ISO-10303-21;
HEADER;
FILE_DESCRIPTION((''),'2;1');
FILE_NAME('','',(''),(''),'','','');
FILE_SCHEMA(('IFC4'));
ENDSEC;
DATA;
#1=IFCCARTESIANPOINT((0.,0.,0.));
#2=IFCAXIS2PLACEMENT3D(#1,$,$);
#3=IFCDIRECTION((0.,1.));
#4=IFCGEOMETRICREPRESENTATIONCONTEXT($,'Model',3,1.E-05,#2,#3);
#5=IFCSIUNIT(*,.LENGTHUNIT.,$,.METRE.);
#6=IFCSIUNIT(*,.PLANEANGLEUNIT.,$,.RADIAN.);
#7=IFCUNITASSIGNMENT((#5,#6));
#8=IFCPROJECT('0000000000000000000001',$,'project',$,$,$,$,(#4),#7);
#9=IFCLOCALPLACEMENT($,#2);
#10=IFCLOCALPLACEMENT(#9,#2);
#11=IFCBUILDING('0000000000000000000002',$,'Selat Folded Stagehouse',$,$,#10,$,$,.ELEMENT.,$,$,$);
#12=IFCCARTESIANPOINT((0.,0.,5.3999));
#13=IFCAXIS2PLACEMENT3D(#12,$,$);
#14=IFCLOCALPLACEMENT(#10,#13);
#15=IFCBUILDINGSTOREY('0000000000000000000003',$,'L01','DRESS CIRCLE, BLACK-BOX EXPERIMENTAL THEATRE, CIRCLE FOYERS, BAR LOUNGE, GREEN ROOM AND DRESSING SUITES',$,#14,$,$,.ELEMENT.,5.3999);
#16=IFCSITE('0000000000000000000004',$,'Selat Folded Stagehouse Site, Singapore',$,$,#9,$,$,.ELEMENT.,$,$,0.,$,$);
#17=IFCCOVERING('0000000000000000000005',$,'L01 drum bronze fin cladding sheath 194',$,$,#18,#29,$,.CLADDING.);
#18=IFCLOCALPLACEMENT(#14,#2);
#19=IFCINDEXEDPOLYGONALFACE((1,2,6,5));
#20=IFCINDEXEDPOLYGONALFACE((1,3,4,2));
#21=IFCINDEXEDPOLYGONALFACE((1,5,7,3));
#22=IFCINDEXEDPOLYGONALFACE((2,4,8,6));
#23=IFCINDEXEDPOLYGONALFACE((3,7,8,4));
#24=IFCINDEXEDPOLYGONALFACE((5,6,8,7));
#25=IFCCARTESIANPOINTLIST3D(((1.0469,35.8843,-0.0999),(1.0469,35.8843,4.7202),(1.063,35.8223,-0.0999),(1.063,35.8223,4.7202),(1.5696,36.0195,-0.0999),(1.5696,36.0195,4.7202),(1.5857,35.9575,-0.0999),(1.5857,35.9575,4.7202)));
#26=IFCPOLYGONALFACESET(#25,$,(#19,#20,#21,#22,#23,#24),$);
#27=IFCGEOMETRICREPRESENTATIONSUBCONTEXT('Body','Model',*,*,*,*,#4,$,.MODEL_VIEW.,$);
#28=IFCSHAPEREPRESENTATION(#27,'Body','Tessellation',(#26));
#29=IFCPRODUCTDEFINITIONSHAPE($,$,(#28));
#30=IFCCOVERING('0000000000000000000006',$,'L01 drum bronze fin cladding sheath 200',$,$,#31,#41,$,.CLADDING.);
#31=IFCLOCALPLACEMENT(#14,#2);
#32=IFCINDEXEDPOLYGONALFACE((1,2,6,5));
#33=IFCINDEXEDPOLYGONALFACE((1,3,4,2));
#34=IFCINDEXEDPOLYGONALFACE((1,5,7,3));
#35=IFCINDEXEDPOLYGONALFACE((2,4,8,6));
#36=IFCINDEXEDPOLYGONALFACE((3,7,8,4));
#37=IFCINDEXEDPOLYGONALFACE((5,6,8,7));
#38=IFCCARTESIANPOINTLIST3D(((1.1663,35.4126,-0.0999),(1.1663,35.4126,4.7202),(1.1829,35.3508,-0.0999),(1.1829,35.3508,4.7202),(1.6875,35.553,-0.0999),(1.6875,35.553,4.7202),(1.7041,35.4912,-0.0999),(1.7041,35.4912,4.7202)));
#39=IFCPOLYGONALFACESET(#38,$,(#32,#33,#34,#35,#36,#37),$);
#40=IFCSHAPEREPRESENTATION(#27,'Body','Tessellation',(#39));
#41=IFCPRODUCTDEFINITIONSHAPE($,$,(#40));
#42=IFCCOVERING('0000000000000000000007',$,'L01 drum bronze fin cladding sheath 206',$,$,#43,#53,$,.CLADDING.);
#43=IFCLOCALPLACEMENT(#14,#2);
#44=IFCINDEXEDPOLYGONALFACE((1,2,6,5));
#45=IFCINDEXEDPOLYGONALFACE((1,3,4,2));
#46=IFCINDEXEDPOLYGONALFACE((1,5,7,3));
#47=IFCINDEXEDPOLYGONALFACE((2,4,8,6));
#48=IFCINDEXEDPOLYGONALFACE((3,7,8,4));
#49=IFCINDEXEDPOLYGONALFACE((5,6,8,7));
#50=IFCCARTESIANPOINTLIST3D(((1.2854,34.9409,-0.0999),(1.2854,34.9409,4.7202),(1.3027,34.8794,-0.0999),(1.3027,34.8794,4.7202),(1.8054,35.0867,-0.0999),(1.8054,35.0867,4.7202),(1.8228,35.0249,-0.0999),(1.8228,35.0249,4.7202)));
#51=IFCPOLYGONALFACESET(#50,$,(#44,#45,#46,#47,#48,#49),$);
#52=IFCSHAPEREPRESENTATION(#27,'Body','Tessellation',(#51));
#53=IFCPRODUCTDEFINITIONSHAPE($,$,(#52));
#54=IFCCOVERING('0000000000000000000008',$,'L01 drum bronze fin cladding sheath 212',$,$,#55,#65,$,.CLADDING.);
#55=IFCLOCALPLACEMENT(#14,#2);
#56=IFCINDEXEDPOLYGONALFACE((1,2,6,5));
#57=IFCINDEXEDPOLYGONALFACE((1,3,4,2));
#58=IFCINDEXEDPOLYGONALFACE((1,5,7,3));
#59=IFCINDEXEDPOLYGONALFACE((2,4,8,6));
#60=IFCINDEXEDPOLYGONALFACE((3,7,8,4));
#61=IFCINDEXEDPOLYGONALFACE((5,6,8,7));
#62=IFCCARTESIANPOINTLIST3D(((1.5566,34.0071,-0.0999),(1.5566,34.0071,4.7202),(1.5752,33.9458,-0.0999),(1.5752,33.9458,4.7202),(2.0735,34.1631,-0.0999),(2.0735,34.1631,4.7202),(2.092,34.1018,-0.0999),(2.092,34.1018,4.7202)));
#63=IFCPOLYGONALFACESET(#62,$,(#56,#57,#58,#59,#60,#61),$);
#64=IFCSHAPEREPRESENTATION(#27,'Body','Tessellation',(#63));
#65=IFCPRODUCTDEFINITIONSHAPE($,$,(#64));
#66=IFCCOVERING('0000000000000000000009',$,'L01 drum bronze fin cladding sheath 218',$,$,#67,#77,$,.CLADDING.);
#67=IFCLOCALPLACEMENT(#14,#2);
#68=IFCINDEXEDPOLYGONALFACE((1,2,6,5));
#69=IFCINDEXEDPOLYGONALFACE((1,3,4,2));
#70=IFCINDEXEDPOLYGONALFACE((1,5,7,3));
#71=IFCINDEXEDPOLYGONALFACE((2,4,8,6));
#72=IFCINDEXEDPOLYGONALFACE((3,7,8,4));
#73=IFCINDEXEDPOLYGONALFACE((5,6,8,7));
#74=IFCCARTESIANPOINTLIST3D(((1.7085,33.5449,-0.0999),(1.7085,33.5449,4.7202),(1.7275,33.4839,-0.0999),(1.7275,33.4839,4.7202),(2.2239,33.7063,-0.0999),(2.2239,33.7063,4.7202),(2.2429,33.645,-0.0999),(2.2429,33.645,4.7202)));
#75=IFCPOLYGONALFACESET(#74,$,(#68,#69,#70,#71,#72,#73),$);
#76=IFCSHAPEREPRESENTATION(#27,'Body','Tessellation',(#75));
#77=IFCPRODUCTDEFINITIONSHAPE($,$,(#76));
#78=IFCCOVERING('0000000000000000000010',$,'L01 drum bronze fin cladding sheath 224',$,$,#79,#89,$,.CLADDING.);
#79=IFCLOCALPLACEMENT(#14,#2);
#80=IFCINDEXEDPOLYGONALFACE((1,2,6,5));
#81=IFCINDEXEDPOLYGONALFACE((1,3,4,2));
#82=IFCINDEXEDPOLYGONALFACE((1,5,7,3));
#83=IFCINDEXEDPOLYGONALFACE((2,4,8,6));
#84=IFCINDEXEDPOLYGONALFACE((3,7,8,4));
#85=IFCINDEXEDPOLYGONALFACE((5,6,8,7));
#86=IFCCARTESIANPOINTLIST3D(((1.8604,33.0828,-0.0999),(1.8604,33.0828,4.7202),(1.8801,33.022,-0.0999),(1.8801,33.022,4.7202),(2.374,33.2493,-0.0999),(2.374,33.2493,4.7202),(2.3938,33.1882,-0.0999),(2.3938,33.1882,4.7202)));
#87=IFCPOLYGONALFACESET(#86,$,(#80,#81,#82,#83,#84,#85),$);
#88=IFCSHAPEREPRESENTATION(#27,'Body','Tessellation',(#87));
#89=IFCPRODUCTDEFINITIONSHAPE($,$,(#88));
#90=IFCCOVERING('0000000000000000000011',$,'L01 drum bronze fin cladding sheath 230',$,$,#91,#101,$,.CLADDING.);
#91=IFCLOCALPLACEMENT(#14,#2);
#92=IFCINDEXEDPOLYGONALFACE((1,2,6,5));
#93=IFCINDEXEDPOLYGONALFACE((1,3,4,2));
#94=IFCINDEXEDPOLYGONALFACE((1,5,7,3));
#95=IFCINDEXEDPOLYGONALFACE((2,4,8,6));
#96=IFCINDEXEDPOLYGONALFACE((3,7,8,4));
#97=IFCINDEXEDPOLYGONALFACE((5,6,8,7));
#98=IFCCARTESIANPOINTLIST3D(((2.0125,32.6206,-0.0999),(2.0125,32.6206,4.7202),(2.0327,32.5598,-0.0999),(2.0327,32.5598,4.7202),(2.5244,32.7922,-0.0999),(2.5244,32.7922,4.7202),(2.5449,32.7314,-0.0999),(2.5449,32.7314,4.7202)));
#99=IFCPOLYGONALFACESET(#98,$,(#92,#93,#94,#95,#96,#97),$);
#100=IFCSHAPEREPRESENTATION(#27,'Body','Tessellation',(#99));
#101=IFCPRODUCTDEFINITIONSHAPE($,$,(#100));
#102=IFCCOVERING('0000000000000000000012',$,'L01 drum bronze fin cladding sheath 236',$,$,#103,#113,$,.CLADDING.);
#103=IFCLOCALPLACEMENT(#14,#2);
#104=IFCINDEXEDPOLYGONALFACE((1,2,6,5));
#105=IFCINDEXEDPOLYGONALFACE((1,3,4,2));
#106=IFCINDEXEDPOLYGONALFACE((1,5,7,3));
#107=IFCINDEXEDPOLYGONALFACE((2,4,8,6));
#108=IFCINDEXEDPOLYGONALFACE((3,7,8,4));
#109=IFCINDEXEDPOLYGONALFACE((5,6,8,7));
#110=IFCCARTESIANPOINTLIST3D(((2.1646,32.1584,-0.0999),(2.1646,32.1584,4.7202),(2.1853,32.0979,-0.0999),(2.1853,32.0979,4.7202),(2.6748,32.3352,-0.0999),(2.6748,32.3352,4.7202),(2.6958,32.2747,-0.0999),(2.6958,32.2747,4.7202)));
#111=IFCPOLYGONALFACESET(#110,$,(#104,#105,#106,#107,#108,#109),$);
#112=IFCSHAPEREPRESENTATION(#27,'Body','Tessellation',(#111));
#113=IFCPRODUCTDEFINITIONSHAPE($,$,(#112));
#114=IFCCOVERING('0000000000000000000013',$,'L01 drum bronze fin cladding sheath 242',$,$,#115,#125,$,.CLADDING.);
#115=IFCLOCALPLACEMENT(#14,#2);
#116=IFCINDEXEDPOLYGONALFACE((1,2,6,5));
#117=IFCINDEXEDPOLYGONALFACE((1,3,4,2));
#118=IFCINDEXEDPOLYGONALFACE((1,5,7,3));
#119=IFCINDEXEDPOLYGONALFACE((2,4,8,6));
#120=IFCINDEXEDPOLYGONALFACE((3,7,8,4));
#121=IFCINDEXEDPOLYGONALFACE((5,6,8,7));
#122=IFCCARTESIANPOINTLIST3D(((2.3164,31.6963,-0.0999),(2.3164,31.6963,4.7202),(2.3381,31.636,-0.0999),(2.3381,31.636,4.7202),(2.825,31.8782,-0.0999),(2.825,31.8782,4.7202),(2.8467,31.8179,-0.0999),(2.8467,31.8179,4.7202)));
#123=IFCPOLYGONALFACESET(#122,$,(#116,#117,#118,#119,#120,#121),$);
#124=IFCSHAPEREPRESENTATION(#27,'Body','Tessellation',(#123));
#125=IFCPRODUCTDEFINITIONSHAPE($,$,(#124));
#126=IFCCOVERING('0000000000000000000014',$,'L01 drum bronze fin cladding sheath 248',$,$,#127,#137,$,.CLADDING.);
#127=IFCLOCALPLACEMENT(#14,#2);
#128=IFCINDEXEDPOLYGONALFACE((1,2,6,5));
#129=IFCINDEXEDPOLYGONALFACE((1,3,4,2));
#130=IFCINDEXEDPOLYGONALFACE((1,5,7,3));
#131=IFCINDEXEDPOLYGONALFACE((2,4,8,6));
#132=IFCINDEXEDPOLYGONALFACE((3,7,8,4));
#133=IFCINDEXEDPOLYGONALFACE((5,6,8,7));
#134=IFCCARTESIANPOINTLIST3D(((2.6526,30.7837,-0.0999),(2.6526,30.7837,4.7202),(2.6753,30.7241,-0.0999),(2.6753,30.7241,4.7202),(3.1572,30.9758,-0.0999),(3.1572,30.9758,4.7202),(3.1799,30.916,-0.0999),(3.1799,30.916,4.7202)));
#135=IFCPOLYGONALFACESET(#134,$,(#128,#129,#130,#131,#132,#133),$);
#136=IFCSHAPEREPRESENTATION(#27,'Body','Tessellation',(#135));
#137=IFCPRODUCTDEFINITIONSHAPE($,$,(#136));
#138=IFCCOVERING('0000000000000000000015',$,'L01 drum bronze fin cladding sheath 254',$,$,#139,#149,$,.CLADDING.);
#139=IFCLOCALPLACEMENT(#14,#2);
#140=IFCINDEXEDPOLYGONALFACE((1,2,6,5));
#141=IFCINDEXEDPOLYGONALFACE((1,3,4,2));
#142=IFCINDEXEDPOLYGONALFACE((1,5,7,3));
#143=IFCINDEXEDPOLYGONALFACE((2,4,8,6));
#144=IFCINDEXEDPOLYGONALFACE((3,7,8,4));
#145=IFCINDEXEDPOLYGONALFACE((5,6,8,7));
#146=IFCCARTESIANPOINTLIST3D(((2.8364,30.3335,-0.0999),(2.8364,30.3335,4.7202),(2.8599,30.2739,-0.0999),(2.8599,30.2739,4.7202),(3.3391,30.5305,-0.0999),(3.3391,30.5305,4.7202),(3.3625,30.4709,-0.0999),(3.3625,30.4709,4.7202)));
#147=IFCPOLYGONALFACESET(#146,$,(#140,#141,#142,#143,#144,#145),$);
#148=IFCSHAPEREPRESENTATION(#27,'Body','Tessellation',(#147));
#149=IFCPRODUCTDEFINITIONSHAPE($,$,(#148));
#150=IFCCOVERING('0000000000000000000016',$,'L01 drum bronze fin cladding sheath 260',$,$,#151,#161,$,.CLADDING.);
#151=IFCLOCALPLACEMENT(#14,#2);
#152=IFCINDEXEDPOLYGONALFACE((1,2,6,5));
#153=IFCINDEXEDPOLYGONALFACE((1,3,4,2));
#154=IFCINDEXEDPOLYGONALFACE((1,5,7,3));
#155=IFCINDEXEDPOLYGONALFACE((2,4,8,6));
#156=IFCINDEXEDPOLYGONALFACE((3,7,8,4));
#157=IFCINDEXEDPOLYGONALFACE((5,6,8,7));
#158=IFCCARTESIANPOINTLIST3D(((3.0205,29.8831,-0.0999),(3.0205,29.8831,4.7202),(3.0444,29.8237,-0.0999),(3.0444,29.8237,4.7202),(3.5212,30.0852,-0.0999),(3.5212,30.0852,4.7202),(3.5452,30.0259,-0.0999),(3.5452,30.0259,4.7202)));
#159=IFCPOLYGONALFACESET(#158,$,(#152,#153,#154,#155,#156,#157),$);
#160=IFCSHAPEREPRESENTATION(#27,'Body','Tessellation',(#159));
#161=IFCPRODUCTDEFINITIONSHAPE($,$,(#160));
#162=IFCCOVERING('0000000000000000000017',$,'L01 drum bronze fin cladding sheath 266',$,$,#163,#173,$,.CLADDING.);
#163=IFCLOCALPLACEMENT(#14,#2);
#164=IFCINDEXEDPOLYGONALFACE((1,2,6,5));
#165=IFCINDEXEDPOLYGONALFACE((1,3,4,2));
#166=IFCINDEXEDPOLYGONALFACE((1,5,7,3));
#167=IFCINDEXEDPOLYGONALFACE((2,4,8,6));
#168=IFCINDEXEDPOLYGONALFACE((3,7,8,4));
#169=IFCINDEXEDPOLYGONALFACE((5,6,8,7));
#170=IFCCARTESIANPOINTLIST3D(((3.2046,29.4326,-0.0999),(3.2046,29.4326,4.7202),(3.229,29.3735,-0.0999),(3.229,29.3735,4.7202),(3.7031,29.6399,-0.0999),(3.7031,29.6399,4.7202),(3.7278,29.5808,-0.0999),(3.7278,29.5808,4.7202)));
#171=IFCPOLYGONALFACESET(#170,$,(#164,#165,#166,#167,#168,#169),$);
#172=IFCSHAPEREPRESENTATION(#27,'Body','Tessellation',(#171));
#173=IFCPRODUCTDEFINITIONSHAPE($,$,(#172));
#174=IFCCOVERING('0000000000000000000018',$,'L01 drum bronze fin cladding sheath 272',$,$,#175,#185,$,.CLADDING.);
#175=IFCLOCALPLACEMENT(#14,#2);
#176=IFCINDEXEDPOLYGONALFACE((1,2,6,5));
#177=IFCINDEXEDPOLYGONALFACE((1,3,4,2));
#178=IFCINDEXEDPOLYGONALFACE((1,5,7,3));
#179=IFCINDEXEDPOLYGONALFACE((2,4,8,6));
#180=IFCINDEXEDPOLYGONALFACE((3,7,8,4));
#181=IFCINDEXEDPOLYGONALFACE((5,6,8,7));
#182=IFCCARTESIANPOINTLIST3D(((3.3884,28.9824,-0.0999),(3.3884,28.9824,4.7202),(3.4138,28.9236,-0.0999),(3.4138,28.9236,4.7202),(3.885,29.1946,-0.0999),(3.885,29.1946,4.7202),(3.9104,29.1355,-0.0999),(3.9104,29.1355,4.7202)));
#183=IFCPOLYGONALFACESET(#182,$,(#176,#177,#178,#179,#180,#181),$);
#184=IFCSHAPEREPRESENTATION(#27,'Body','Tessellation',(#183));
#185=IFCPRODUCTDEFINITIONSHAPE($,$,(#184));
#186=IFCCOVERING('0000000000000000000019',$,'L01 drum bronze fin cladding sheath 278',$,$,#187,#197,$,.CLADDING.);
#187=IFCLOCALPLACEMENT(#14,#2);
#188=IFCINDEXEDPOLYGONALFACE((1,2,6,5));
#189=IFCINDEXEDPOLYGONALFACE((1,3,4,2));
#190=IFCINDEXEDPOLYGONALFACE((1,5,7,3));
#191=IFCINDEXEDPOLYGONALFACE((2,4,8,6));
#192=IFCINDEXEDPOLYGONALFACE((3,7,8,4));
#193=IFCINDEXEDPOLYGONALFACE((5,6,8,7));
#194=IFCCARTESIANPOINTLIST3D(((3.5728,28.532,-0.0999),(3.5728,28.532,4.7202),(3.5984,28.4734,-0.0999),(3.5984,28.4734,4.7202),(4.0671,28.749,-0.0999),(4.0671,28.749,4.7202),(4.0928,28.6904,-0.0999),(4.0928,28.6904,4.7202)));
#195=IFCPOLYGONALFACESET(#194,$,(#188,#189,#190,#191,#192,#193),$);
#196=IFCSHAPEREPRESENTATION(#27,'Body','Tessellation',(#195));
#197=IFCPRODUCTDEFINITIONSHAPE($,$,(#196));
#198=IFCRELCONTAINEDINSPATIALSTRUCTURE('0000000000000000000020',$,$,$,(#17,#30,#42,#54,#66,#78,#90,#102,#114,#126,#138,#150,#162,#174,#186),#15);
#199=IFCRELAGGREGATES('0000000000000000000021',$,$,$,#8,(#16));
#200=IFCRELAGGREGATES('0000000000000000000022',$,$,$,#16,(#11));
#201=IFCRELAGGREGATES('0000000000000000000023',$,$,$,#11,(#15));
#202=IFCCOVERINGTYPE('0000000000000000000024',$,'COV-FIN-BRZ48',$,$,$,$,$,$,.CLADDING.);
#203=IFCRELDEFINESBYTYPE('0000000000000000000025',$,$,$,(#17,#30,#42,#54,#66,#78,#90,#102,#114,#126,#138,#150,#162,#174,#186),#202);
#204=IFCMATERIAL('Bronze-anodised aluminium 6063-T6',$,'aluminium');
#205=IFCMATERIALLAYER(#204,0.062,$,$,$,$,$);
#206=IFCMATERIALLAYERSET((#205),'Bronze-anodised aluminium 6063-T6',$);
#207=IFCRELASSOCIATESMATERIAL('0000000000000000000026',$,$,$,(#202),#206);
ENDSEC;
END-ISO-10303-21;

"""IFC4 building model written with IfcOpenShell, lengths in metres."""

from ifc_helpers import new_model, si_unit, direction, frame, origin, place, context, subcontext, project, spatial, polyline, outline, extrude, material, layer, layer_set, type_object, element, save


model = new_model("IFC4")

# Units and contexts
model_context = context("Model", 3, precision=1e-05, world=origin(), true_north=direction((0.0, 1.0)))
body_context = subcontext(model_context, "Body", "Model", "MODEL_VIEW")
ifc_project = project(units=[si_unit("LENGTHUNIT", "METRE"), si_unit("PLANEANGLEUNIT", "RADIAN")], contexts=[model_context])

# Site, building, storey
site_placement = place(None, origin())
site = spatial("IfcSite", under=ifc_project, at=site_placement, Name="Selat Folded Stagehouse Site, Singapore", CompositionType="ELEMENT", RefElevation=0.0)
building_placement = place(site_placement, origin())
building = spatial("IfcBuilding", under=site, at=building_placement, Name="Selat Folded Stagehouse", CompositionType="ELEMENT")
storey_placement = place(building_placement, frame((0.0, 0.0, 5.3999)))
storey = spatial("IfcBuildingStorey", under=building, at=storey_placement, Name="L01", Description="DRESS CIRCLE, BLACK-BOX EXPERIMENTAL THEATRE, CIRCLE FOYERS, BAR LOUNGE, GREEN ROOM AND DRESSING SUITES", CompositionType="ELEMENT", Elevation=5.3999)

# Coverings
ifc_material = material(Name="Bronze-anodised aluminium 6063-T6", Category="aluminium")
ifc_layer = layer(ifc_material, 0.062)
ifc_layer_set = layer_set([ifc_layer], Name="Bronze-anodised aluminium 6063-T6")
covering_type = type_object("IfcCoveringType", Name="COV-FIN-BRZ48", PredefinedType="CLADDING", material=ifc_layer_set)
covering_1_placement = place(storey_placement, frame((0.0, 0.0, -0.0999)))
element("IfcCovering", 1, at=covering_1_placement, inside=storey, type_object=covering_type, Name="L01 drum bronze fin cladding sheath 194", PredefinedType="CLADDING", context=body_context, shape_type="SweptSolid", body=[
    extrude(outline(polyline([(1.5696, 36.0195), (1.0469, 35.8843), (1.063, 35.8223), (1.5857, 35.9575), (1.5696, 36.0195)])), origin(), (0.0, 0.0, 1.0), 4.8201),
])
covering_2_placement = place(storey_placement, frame((0.0, 0.0, -0.0999)))
element("IfcCovering", 2, at=covering_2_placement, inside=storey, type_object=covering_type, Name="L01 drum bronze fin cladding sheath 200", PredefinedType="CLADDING", context=body_context, shape_type="SweptSolid", body=[
    extrude(outline(polyline([(1.6875, 35.553), (1.1663, 35.4126), (1.1829, 35.3508), (1.7041, 35.4912), (1.6875, 35.553)])), origin(), (0.0, 0.0, 1.0), 4.8201),
])
covering_3_placement = place(storey_placement, frame((0.0, 0.0, -0.0999)))
element("IfcCovering", 3, at=covering_3_placement, inside=storey, type_object=covering_type, Name="L01 drum bronze fin cladding sheath 206", PredefinedType="CLADDING", context=body_context, shape_type="SweptSolid", body=[
    extrude(outline(polyline([(1.8054, 35.0867), (1.2854, 34.9409), (1.3027, 34.8794), (1.8228, 35.0249), (1.8054, 35.0867)])), origin(), (0.0, 0.0, 1.0), 4.8201),
])
covering_4_placement = place(storey_placement, frame((0.0, 0.0, -0.0999)))
element("IfcCovering", 4, at=covering_4_placement, inside=storey, type_object=covering_type, Name="L01 drum bronze fin cladding sheath 212", PredefinedType="CLADDING", context=body_context, shape_type="SweptSolid", body=[
    extrude(outline(polyline([(2.0735, 34.1631), (1.5566, 34.0071), (1.5752, 33.9458), (2.092, 34.1018), (2.0735, 34.1631)])), origin(), (0.0, 0.0, 1.0), 4.8201),
])
covering_5_placement = place(storey_placement, frame((0.0, 0.0, -0.0999)))
element("IfcCovering", 5, at=covering_5_placement, inside=storey, type_object=covering_type, Name="L01 drum bronze fin cladding sheath 218", PredefinedType="CLADDING", context=body_context, shape_type="SweptSolid", body=[
    extrude(outline(polyline([(2.2239, 33.7063), (1.7085, 33.5449), (1.7275, 33.4839), (2.2429, 33.645), (2.2239, 33.7063)])), origin(), (0.0, 0.0, 1.0), 4.8201),
])
covering_6_placement = place(storey_placement, frame((0.0, 0.0, -0.0999)))
element("IfcCovering", 6, at=covering_6_placement, inside=storey, type_object=covering_type, Name="L01 drum bronze fin cladding sheath 224", PredefinedType="CLADDING", context=body_context, shape_type="SweptSolid", body=[
    extrude(outline(polyline([(2.374, 33.2493), (1.8604, 33.0828), (1.8801, 33.022), (2.3938, 33.1882), (2.374, 33.2493)])), origin(), (0.0, 0.0, 1.0), 4.8201),
])
covering_7_placement = place(storey_placement, frame((0.0, 0.0, -0.0999)))
element("IfcCovering", 7, at=covering_7_placement, inside=storey, type_object=covering_type, Name="L01 drum bronze fin cladding sheath 230", PredefinedType="CLADDING", context=body_context, shape_type="SweptSolid", body=[
    extrude(outline(polyline([(2.5244, 32.7922), (2.0125, 32.6206), (2.0327, 32.5598), (2.5449, 32.7314), (2.5244, 32.7922)])), origin(), (0.0, 0.0, 1.0), 4.8201),
])
covering_8_placement = place(storey_placement, frame((0.0, 0.0, -0.0999)))
element("IfcCovering", 8, at=covering_8_placement, inside=storey, type_object=covering_type, Name="L01 drum bronze fin cladding sheath 236", PredefinedType="CLADDING", context=body_context, shape_type="SweptSolid", body=[
    extrude(outline(polyline([(2.6748, 32.3352), (2.1646, 32.1584), (2.1853, 32.0979), (2.6958, 32.2747), (2.6748, 32.3352)])), origin(), (0.0, 0.0, 1.0), 4.8201),
])
covering_9_placement = place(storey_placement, frame((0.0, 0.0, -0.0999)))
element("IfcCovering", 9, at=covering_9_placement, inside=storey, type_object=covering_type, Name="L01 drum bronze fin cladding sheath 242", PredefinedType="CLADDING", context=body_context, shape_type="SweptSolid", body=[
    extrude(outline(polyline([(2.825, 31.8782), (2.3164, 31.6963), (2.3381, 31.636), (2.8467, 31.8179), (2.825, 31.8782)])), origin(), (0.0, 0.0, 1.0), 4.8201),
])
covering_10_placement = place(storey_placement, frame((0.0, 0.0, -0.0999)))
element("IfcCovering", 10, at=covering_10_placement, inside=storey, type_object=covering_type, Name="L01 drum bronze fin cladding sheath 248", PredefinedType="CLADDING", context=body_context, shape_type="SweptSolid", body=[
    extrude(outline(polyline([(3.1572, 30.9758), (2.6526, 30.7837), (2.6753, 30.7241), (3.1799, 30.916), (3.1572, 30.9758)])), origin(), (0.0, 0.0, 1.0), 4.8201),
])
covering_11_placement = place(storey_placement, frame((0.0, 0.0, -0.0999)))
element("IfcCovering", 11, at=covering_11_placement, inside=storey, type_object=covering_type, Name="L01 drum bronze fin cladding sheath 254", PredefinedType="CLADDING", context=body_context, shape_type="SweptSolid", body=[
    extrude(outline(polyline([(3.3391, 30.5305), (2.8364, 30.3335), (2.8599, 30.2739), (3.3625, 30.4709), (3.3391, 30.5305)])), origin(), (0.0, 0.0, 1.0), 4.8201),
])
covering_12_placement = place(storey_placement, frame((0.0, 0.0, -0.0999)))
element("IfcCovering", 12, at=covering_12_placement, inside=storey, type_object=covering_type, Name="L01 drum bronze fin cladding sheath 260", PredefinedType="CLADDING", context=body_context, shape_type="SweptSolid", body=[
    extrude(outline(polyline([(3.5212, 30.0852), (3.0205, 29.8831), (3.0444, 29.8237), (3.5452, 30.0259), (3.5212, 30.0852)])), origin(), (0.0, 0.0, 1.0), 4.8201),
])
covering_13_placement = place(storey_placement, frame((0.0, 0.0, -0.0999)))
element("IfcCovering", 13, at=covering_13_placement, inside=storey, type_object=covering_type, Name="L01 drum bronze fin cladding sheath 266", PredefinedType="CLADDING", context=body_context, shape_type="SweptSolid", body=[
    extrude(outline(polyline([(3.7031, 29.6399), (3.2046, 29.4326), (3.229, 29.3735), (3.7278, 29.5808), (3.7031, 29.6399)])), origin(), (0.0, 0.0, 1.0), 4.8201),
])
covering_14_placement = place(storey_placement, frame((0.0, 0.0, -0.0999)))
element("IfcCovering", 14, at=covering_14_placement, inside=storey, type_object=covering_type, Name="L01 drum bronze fin cladding sheath 272", PredefinedType="CLADDING", context=body_context, shape_type="SweptSolid", body=[
    extrude(outline(polyline([(3.885, 29.1946), (3.3884, 28.9824), (3.4138, 28.9236), (3.9104, 29.1355), (3.885, 29.1946)])), origin(), (0.0, 0.0, 1.0), 4.8201),
])
covering_15_placement = place(storey_placement, frame((0.0, 0.0, -0.0999)))
element("IfcCovering", 15, at=covering_15_placement, inside=storey, type_object=covering_type, Name="L01 drum bronze fin cladding sheath 278", PredefinedType="CLADDING", context=body_context, shape_type="SweptSolid", body=[
    extrude(outline(polyline([(4.0671, 28.749), (3.5728, 28.532), (3.5984, 28.4734), (4.0928, 28.6904), (4.0671, 28.749)])), origin(), (0.0, 0.0, 1.0), 4.8201),
])

save(model, "model.ifc")
